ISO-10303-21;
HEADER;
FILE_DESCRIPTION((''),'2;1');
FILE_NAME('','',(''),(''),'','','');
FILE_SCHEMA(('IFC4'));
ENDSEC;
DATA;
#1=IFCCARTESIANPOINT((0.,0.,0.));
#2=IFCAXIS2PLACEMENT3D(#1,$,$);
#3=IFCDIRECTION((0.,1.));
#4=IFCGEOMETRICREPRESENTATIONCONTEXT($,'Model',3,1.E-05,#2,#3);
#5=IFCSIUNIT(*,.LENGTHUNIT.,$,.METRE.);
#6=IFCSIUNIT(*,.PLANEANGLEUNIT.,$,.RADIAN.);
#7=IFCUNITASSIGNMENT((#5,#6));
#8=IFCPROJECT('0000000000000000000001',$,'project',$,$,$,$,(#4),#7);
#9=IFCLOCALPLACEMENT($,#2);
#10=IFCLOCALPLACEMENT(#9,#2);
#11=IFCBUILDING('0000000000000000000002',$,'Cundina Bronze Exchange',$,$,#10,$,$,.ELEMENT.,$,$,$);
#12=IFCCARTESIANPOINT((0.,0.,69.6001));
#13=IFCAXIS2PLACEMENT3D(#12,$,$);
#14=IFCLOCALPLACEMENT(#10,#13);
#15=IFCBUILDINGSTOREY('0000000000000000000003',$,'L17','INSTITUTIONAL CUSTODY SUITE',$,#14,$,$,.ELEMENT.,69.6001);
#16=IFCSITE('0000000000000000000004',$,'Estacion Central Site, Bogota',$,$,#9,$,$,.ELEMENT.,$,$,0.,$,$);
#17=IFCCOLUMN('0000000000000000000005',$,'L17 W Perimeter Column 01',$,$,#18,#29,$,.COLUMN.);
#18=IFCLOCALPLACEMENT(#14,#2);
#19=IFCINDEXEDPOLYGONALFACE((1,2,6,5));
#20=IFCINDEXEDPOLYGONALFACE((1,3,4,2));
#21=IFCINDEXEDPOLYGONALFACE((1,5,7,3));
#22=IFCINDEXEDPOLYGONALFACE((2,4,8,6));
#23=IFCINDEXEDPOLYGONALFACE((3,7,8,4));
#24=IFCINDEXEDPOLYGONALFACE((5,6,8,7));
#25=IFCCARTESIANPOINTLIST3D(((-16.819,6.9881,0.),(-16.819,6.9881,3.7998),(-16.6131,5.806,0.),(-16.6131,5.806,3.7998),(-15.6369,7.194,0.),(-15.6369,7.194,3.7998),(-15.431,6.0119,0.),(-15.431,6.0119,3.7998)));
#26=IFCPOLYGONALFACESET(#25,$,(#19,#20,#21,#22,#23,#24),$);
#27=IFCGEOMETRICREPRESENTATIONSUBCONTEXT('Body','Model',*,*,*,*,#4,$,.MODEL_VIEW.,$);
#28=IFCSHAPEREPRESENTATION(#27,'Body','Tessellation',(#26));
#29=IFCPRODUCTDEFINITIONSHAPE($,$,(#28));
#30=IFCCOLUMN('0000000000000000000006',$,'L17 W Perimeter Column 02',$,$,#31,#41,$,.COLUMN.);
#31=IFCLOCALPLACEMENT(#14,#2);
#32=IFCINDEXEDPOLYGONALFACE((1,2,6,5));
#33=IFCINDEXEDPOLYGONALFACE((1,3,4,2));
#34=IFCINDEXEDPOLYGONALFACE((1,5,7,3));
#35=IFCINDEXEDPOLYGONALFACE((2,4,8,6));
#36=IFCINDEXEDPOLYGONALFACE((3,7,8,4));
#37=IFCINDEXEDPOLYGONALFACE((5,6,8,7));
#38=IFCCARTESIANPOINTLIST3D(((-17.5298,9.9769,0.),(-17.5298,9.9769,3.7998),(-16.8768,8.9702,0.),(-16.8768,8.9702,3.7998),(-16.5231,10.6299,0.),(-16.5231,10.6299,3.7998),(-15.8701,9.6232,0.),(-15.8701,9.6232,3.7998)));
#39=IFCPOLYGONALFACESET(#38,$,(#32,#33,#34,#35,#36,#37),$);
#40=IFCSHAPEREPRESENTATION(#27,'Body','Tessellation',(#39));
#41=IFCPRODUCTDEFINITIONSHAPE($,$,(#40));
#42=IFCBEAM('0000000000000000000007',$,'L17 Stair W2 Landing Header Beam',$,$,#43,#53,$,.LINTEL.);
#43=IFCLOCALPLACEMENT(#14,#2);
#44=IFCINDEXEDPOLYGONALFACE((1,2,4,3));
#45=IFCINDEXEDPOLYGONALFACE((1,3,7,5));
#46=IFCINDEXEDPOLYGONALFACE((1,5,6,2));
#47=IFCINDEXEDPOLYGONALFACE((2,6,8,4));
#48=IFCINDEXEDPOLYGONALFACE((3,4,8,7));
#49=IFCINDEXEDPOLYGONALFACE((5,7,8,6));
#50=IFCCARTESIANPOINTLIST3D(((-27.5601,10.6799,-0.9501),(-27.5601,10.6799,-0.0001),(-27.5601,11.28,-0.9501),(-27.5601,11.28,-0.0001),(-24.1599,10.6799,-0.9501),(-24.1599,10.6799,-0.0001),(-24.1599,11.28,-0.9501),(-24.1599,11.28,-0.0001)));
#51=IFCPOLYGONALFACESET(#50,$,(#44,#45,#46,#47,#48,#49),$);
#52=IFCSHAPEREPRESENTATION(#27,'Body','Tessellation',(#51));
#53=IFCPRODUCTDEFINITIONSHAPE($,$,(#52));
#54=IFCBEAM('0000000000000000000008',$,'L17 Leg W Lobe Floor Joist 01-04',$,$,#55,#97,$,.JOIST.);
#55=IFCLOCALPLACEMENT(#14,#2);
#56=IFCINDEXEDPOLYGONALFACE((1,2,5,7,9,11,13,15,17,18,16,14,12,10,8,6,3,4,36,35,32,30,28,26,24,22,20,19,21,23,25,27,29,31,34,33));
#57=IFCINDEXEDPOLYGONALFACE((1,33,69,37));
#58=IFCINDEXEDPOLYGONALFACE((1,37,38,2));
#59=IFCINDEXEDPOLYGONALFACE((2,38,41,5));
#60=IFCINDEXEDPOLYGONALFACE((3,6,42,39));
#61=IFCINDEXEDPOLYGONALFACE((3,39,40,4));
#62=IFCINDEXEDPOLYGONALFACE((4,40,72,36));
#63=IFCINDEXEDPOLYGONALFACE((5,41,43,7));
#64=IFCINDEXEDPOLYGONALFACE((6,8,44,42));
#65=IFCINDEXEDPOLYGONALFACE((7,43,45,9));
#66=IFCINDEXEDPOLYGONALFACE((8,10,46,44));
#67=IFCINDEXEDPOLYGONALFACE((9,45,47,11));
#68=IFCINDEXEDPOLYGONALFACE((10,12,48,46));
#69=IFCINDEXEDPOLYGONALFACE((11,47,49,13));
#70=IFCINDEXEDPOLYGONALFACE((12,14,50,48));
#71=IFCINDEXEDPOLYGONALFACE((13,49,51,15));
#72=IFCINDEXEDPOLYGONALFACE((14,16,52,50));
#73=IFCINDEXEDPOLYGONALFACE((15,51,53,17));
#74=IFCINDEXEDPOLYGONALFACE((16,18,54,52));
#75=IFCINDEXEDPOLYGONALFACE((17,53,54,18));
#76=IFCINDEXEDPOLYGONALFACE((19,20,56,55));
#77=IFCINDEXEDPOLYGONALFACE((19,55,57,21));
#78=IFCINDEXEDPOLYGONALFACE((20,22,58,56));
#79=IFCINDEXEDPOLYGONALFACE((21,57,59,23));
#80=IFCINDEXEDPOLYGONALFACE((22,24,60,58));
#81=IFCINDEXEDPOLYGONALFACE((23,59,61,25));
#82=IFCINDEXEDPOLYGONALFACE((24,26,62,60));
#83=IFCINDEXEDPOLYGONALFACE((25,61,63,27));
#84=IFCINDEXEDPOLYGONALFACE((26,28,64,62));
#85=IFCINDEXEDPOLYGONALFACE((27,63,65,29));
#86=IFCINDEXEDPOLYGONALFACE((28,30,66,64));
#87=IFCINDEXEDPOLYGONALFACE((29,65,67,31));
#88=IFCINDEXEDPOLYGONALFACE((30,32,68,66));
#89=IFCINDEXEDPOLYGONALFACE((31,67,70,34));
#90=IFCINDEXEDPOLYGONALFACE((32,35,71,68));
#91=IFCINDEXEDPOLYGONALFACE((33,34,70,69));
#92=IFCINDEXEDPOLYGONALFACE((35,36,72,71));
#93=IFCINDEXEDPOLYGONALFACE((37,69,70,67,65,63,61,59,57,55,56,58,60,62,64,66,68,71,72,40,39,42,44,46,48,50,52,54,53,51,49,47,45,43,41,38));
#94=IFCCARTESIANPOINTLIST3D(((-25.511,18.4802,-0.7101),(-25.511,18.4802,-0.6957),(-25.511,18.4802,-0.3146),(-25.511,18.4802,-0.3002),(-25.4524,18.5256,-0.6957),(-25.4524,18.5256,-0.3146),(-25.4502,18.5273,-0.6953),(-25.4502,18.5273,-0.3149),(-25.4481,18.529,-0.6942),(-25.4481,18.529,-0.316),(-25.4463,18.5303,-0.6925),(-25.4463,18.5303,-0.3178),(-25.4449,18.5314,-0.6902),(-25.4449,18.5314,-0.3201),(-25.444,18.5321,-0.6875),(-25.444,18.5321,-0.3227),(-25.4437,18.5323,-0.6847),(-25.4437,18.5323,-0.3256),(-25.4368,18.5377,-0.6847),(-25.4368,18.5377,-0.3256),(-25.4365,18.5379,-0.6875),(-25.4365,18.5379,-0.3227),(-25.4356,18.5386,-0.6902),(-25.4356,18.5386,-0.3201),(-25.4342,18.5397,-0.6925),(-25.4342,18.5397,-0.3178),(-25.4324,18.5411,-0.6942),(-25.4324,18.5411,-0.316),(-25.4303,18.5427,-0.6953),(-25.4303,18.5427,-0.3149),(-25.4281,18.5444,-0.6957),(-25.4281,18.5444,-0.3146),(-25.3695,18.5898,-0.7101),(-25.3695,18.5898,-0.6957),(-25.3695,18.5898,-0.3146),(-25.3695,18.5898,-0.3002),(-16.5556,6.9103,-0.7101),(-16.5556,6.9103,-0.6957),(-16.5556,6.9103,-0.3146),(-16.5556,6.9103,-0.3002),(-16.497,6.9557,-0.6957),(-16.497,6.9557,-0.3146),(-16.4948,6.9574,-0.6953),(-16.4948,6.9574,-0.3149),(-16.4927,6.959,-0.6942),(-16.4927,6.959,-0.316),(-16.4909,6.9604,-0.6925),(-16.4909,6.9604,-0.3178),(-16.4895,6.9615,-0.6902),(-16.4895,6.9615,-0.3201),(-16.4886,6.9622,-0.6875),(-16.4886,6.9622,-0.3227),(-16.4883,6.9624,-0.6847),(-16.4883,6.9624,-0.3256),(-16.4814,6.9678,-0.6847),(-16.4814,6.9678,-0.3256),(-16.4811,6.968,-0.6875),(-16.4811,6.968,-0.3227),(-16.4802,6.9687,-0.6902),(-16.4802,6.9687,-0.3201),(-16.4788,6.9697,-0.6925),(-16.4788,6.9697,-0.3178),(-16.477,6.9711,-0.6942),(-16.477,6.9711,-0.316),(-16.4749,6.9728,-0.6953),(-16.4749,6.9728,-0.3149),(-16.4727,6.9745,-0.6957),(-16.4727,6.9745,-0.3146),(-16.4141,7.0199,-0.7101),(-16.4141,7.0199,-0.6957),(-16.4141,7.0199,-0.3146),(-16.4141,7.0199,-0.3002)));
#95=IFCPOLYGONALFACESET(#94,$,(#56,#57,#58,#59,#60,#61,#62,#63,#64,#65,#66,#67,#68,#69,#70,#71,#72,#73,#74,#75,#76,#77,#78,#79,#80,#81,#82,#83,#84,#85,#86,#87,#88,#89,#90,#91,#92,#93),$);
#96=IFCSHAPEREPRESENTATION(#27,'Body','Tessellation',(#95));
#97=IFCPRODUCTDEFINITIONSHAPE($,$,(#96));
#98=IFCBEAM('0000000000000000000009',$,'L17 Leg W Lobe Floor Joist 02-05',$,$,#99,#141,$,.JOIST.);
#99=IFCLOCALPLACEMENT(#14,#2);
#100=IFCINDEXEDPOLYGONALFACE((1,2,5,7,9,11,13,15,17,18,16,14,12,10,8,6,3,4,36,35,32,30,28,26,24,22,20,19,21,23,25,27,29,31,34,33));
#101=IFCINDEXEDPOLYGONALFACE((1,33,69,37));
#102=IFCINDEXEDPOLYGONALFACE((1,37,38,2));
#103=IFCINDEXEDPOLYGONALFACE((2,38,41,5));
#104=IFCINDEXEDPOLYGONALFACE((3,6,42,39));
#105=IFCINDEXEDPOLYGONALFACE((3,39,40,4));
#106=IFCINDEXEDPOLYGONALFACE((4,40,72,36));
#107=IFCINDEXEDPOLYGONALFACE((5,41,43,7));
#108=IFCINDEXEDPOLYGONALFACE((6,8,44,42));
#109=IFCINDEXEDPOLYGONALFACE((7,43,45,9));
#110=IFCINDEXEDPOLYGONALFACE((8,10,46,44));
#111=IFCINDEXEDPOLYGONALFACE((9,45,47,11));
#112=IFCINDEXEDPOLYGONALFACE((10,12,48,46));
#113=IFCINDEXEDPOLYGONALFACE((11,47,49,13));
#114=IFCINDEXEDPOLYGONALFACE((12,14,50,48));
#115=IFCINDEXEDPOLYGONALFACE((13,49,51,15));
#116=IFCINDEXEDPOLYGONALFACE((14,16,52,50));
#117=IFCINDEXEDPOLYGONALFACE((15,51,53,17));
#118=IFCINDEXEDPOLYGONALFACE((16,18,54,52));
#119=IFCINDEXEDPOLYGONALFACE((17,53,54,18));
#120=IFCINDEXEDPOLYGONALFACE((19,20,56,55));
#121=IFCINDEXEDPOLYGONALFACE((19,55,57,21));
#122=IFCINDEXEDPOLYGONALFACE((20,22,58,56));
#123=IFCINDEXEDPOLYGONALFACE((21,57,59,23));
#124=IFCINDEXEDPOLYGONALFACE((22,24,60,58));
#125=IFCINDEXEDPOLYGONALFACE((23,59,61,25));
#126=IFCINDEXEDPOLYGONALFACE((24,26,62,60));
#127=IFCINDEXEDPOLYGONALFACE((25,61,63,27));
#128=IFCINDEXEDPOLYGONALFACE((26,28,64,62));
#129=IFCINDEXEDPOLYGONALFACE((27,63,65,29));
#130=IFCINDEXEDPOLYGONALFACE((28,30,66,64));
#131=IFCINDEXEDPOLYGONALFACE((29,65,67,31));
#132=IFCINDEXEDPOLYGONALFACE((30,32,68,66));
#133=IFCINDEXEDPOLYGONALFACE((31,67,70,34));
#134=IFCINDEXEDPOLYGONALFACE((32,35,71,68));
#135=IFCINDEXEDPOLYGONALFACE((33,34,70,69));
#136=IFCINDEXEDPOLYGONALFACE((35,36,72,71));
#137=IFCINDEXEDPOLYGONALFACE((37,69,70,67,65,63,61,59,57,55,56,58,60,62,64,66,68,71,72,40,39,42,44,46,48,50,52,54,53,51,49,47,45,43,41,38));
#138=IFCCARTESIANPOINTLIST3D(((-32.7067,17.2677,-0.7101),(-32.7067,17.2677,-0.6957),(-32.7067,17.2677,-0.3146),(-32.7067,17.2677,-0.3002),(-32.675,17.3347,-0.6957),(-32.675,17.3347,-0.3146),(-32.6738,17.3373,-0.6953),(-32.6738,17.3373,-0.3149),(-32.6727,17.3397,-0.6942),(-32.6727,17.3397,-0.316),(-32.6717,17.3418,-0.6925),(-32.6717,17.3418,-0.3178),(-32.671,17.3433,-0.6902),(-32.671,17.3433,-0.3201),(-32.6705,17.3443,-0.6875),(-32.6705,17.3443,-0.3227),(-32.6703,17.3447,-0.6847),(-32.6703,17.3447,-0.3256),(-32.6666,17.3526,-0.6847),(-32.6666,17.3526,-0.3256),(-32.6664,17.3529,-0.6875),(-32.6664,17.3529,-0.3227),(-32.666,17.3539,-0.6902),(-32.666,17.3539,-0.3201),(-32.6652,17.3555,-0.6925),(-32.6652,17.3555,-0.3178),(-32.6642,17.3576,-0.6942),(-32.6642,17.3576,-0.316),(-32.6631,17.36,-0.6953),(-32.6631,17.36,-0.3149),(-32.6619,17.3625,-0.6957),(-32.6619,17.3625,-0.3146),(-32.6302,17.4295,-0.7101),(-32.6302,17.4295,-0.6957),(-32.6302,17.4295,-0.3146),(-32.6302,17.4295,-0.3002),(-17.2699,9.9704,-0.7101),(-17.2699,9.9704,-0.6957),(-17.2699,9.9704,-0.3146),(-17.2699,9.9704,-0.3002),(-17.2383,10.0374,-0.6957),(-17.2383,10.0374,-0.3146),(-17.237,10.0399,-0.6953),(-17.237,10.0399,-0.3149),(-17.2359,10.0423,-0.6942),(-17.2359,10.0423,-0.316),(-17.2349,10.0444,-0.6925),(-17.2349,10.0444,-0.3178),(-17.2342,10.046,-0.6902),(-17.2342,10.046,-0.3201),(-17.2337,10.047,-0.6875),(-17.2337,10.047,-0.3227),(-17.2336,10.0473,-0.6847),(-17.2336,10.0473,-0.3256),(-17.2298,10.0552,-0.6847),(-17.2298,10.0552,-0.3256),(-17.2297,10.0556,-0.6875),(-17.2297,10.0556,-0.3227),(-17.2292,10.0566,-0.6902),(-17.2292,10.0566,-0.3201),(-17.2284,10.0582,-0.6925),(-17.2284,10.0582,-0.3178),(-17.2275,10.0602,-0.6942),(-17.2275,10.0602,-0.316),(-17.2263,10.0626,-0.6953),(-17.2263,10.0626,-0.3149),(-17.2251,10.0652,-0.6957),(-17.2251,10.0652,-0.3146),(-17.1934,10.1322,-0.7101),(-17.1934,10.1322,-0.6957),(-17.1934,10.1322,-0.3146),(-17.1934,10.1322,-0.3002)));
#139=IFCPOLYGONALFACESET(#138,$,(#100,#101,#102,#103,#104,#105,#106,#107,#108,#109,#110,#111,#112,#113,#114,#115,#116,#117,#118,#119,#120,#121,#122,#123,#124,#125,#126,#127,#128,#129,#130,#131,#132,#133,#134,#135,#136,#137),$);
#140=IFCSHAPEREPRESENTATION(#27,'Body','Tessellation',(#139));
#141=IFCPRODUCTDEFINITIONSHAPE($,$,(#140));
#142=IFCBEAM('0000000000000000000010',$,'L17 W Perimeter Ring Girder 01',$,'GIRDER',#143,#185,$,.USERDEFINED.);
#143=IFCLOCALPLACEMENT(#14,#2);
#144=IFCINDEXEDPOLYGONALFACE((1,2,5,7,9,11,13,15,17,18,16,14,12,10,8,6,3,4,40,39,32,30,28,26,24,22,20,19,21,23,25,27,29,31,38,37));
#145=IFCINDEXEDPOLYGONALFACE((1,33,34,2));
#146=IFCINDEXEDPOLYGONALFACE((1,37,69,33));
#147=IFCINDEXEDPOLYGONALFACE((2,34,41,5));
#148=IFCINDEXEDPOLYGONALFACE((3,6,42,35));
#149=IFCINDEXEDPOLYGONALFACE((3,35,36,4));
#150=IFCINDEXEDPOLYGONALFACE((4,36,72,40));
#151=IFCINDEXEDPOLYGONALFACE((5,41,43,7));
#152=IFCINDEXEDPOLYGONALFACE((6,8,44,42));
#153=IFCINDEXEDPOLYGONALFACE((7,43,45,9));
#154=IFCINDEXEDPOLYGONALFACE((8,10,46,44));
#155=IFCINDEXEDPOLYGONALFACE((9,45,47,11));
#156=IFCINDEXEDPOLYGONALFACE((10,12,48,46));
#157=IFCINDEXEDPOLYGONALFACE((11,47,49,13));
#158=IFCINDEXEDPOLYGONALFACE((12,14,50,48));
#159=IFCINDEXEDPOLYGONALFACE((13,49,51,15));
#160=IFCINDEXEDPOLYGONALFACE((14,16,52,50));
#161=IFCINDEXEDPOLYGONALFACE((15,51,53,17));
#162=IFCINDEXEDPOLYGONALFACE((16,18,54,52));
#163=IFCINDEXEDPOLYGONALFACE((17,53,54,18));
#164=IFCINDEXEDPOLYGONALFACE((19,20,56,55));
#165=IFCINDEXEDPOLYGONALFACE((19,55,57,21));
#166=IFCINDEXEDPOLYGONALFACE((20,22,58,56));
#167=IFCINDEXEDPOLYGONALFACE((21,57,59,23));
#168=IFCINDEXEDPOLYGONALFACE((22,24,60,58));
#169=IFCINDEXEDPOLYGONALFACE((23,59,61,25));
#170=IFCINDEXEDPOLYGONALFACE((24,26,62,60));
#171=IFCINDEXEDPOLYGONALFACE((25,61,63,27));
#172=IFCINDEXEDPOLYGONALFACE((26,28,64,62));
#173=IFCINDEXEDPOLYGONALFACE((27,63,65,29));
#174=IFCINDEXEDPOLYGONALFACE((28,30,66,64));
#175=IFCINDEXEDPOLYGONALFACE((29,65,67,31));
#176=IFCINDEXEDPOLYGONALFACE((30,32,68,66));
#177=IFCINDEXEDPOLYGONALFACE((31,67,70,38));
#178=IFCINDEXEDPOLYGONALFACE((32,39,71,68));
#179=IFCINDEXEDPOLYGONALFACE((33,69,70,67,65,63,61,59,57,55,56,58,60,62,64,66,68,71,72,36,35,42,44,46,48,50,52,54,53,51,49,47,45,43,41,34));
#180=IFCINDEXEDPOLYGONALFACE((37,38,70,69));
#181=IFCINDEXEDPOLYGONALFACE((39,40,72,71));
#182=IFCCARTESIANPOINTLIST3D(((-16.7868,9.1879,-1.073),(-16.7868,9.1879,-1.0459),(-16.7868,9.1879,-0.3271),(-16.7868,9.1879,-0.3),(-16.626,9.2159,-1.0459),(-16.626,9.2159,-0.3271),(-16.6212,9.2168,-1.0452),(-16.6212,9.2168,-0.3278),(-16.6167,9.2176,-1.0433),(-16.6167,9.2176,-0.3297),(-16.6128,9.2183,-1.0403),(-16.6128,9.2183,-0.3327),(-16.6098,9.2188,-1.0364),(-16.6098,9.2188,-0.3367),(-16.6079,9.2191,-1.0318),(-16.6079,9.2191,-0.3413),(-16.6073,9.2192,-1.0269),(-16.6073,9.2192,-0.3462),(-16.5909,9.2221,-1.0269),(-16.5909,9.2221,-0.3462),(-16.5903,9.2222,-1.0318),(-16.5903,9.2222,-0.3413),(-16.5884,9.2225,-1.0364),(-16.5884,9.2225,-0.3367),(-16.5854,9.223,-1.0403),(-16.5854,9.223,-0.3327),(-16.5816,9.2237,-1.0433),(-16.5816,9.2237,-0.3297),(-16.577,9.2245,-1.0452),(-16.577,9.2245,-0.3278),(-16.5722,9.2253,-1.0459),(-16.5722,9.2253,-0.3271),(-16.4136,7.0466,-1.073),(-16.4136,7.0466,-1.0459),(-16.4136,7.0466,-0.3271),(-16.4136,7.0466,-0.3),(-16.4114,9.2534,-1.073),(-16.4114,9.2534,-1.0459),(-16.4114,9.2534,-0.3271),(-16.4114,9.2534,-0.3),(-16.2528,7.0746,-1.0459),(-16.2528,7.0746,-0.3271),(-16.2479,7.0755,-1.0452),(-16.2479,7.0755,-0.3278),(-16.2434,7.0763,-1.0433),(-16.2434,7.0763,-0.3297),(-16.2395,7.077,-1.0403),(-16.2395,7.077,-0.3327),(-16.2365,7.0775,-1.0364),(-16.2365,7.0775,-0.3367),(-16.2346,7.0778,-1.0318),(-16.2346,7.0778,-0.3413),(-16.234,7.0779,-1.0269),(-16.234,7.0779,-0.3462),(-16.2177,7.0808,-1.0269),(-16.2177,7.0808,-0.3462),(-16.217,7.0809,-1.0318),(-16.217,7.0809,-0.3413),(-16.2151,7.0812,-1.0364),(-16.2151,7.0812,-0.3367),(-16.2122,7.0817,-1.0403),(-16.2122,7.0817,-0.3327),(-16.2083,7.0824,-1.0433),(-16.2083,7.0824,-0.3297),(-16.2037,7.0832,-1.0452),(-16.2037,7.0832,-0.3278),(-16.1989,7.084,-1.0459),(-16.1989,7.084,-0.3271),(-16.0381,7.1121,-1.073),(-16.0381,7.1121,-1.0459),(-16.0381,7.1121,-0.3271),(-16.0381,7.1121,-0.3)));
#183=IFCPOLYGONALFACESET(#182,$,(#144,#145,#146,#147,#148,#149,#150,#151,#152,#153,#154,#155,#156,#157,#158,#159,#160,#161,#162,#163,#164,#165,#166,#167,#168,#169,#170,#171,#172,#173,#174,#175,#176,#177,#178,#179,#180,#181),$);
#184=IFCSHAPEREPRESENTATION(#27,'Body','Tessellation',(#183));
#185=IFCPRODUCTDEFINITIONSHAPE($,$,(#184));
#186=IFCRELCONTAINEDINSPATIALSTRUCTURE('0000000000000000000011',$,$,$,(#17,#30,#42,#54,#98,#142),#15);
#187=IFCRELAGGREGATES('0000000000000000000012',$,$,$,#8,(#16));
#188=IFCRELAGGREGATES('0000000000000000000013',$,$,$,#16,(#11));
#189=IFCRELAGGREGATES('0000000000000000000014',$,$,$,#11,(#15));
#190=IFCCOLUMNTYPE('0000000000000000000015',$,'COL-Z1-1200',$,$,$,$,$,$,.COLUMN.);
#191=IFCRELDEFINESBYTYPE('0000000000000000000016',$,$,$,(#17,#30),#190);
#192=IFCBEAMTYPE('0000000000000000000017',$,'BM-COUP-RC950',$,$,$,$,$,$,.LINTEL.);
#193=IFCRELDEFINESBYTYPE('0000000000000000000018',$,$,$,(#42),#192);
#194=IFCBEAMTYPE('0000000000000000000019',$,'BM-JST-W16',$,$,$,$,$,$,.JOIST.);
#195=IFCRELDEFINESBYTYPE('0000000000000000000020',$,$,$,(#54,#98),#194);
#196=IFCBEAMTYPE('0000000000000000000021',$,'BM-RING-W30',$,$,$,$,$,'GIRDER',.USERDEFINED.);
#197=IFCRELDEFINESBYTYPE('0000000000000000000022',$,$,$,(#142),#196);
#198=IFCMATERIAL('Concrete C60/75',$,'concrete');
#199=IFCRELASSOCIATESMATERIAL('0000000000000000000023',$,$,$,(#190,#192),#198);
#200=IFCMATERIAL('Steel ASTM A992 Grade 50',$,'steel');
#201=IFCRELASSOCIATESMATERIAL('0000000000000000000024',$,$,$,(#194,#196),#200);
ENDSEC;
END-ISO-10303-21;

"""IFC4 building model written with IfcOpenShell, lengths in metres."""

from ifc_helpers import new_model, si_unit, direction, frame, origin, origin_2d, place, context, subcontext, project, spatial, rectangle, i_section, extrude, material, material_profile, profile_set, type_object, element, save


model = new_model("IFC4")

# Units and contexts
model_context = context("Model", 3, precision=1e-05, world=origin(), true_north=direction((0.0, 1.0)))
body_context = subcontext(model_context, "Body", "Model", "MODEL_VIEW")
ifc_project = project(units=[si_unit("LENGTHUNIT", "METRE"), si_unit("PLANEANGLEUNIT", "RADIAN")], contexts=[model_context])

# Site, building, storey
site_placement = place(None, origin())
site = spatial("IfcSite", under=ifc_project, at=site_placement, Name="Estacion Central Site, Bogota", CompositionType="ELEMENT", RefElevation=0.0)
building_placement = place(site_placement, origin())
building = spatial("IfcBuilding", under=site, at=building_placement, Name="Cundina Bronze Exchange", CompositionType="ELEMENT")
storey_placement = place(building_placement, frame((0.0, 0.0, 69.6001)))
storey = spatial("IfcBuildingStorey", under=building, at=storey_placement, Name="L17", Description="INSTITUTIONAL CUSTODY SUITE", CompositionType="ELEMENT", Elevation=69.6001)

# Columns
ifc_material_1 = material(Name="Concrete C60/75", Category="concrete")
ifc_material_profile_1 = material_profile(ifc_material_1, rectangle(XDim=1.2, YDim=1.2, at=origin_2d()), Name="RC1200X1200", Category="concrete")
ifc_profile_set_1 = profile_set([ifc_material_profile_1], Name="Concrete C60/75")
column_type = type_object("IfcColumnType", Name="COL-Z1-1200", PredefinedType="COLUMN", material=ifc_profile_set_1)
for number, where, z_axis, x_axis, name in (
    (1, (-16.125, 6.5, 0.0), (0.0, 0.0, 1.0), (-0.171585, 0.985169, 0.0), "L17 W Perimeter Column 01"),
    (2, (-16.7, 9.8, 0.0), (0.0, 0.0, 1.0), (-0.5442, 0.838956, 0.0), "L17 W Perimeter Column 02"),
):
    element("IfcColumn", number, at=place(storey_placement, frame(where, z_axis=z_axis, x_axis=x_axis)), inside=storey, type_object=column_type, Name=name, PredefinedType="COLUMN", context=body_context, shape_type="SweptSolid", body=[
        extrude(rectangle(XDim=1.2, YDim=1.2, at=origin_2d()), origin(), (0.0, 0.0, 1.0), 3.7998),
    ])

# Beams
ifc_material_profile_2 = material_profile(ifc_material_1, rectangle(XDim=0.6001, YDim=0.95, at=origin_2d()), Name="RC600X950", Category="concrete")
ifc_profile_set_2 = profile_set([ifc_material_profile_2], Name="Concrete C60/75")
beam_type_1 = type_object("IfcBeamType", Name="BM-COUP-RC950", PredefinedType="LINTEL", material=ifc_profile_set_2)
beam_1_placement = place(storey_placement, frame((-27.5601, 10.98, -0.4751), z_axis=(1.0, 0.0, 0.0), x_axis=(0.0, 1.0, 0.0)))
element("IfcBeam", 3, at=beam_1_placement, inside=storey, type_object=beam_type_1, Name="L17 Stair W2 Landing Header Beam", PredefinedType="LINTEL", context=body_context, shape_type="SweptSolid", body=[
    extrude(rectangle(XDim=0.6001, YDim=0.95, at=origin_2d()), origin(), (0.0, 0.0, 1.0), 3.4001),
])
ifc_material_2 = material(Name="Steel ASTM A992 Grade 50", Category="steel")
ifc_material_profile_3 = material_profile(ifc_material_2, i_section(OverallWidth=0.179, OverallDepth=0.4099, WebThickness=0.0088, FlangeThickness=0.0144, FilletRadius=0.011, at=origin_2d()), Name="W16X45", Category="steel")
ifc_profile_set_3 = profile_set([ifc_material_profile_3], Name="Steel ASTM A992 Grade 50")
beam_type_2 = type_object("IfcBeamType", Name="BM-JST-W16", PredefinedType="JOIST", material=ifc_profile_set_3)
beam_2_placement = place(storey_placement, frame((-16.4849, 6.9651, -0.5051), z_axis=(-0.612089, 0.790789, 0.0), x_axis=(-0.790789, -0.612089, 0.0)))
element("IfcBeam", 4, at=beam_2_placement, inside=storey, type_object=beam_type_2, Name="L17 Leg W Lobe Floor Joist 01-04", PredefinedType="JOIST", context=body_context, shape_type="SweptSolid", body=[
    extrude(i_section(OverallWidth=0.179, OverallDepth=0.4099, WebThickness=0.0088, FlangeThickness=0.0144, FilletRadius=0.011, at=origin_2d()), origin(), (0.0, 0.0, 1.0), 14.6309),
])
beam_3_placement = place(storey_placement, frame((-17.2317, 10.0513, -0.5051), z_axis=(-0.904073, 0.427379, 0.0), x_axis=(-0.427379, -0.904073, 0.0)))
element("IfcBeam", 5, at=beam_3_placement, inside=storey, type_object=beam_type_2, Name="L17 Leg W Lobe Floor Joist 02-05", PredefinedType="JOIST", context=body_context, shape_type="SweptSolid", body=[
    extrude(i_section(OverallWidth=0.179, OverallDepth=0.4099, WebThickness=0.0088, FlangeThickness=0.0144, FilletRadius=0.011, at=origin_2d()), origin(), (0.0, 0.0, 1.0), 17.0747),
])
ifc_material_profile_4 = material_profile(ifc_material_2, i_section(OverallWidth=0.3811, OverallDepth=0.7729, WebThickness=0.0166, FlangeThickness=0.0271, FilletRadius=0.019, at=origin_2d()), Name="W30X173", Category="steel")
ifc_profile_set_4 = profile_set([ifc_material_profile_4], Name="Steel ASTM A992 Grade 50")
beam_type_3 = type_object("IfcBeamType", Name="BM-RING-W30", ElementType="GIRDER", PredefinedType="USERDEFINED", material=ifc_profile_set_4)
beam_4_placement = place(storey_placement, frame((-16.2258, 7.0793, -0.6865), z_axis=(-0.171735, 0.985143, 0.0), x_axis=(-0.985143, -0.171735, 0.0)))
element("IfcBeam", 6, at=beam_4_placement, inside=storey, type_object=beam_type_3, Name="L17 W Perimeter Ring Girder 01", ObjectType="GIRDER", PredefinedType="USERDEFINED", context=body_context, shape_type="SweptSolid", body=[
    extrude(i_section(OverallWidth=0.3811, OverallDepth=0.7729, WebThickness=0.0166, FlangeThickness=0.0271, FilletRadius=0.019, at=origin_2d()), origin(), (0.0, 0.0, 1.0), 2.1736),
])

save(model, "model.ifc")
